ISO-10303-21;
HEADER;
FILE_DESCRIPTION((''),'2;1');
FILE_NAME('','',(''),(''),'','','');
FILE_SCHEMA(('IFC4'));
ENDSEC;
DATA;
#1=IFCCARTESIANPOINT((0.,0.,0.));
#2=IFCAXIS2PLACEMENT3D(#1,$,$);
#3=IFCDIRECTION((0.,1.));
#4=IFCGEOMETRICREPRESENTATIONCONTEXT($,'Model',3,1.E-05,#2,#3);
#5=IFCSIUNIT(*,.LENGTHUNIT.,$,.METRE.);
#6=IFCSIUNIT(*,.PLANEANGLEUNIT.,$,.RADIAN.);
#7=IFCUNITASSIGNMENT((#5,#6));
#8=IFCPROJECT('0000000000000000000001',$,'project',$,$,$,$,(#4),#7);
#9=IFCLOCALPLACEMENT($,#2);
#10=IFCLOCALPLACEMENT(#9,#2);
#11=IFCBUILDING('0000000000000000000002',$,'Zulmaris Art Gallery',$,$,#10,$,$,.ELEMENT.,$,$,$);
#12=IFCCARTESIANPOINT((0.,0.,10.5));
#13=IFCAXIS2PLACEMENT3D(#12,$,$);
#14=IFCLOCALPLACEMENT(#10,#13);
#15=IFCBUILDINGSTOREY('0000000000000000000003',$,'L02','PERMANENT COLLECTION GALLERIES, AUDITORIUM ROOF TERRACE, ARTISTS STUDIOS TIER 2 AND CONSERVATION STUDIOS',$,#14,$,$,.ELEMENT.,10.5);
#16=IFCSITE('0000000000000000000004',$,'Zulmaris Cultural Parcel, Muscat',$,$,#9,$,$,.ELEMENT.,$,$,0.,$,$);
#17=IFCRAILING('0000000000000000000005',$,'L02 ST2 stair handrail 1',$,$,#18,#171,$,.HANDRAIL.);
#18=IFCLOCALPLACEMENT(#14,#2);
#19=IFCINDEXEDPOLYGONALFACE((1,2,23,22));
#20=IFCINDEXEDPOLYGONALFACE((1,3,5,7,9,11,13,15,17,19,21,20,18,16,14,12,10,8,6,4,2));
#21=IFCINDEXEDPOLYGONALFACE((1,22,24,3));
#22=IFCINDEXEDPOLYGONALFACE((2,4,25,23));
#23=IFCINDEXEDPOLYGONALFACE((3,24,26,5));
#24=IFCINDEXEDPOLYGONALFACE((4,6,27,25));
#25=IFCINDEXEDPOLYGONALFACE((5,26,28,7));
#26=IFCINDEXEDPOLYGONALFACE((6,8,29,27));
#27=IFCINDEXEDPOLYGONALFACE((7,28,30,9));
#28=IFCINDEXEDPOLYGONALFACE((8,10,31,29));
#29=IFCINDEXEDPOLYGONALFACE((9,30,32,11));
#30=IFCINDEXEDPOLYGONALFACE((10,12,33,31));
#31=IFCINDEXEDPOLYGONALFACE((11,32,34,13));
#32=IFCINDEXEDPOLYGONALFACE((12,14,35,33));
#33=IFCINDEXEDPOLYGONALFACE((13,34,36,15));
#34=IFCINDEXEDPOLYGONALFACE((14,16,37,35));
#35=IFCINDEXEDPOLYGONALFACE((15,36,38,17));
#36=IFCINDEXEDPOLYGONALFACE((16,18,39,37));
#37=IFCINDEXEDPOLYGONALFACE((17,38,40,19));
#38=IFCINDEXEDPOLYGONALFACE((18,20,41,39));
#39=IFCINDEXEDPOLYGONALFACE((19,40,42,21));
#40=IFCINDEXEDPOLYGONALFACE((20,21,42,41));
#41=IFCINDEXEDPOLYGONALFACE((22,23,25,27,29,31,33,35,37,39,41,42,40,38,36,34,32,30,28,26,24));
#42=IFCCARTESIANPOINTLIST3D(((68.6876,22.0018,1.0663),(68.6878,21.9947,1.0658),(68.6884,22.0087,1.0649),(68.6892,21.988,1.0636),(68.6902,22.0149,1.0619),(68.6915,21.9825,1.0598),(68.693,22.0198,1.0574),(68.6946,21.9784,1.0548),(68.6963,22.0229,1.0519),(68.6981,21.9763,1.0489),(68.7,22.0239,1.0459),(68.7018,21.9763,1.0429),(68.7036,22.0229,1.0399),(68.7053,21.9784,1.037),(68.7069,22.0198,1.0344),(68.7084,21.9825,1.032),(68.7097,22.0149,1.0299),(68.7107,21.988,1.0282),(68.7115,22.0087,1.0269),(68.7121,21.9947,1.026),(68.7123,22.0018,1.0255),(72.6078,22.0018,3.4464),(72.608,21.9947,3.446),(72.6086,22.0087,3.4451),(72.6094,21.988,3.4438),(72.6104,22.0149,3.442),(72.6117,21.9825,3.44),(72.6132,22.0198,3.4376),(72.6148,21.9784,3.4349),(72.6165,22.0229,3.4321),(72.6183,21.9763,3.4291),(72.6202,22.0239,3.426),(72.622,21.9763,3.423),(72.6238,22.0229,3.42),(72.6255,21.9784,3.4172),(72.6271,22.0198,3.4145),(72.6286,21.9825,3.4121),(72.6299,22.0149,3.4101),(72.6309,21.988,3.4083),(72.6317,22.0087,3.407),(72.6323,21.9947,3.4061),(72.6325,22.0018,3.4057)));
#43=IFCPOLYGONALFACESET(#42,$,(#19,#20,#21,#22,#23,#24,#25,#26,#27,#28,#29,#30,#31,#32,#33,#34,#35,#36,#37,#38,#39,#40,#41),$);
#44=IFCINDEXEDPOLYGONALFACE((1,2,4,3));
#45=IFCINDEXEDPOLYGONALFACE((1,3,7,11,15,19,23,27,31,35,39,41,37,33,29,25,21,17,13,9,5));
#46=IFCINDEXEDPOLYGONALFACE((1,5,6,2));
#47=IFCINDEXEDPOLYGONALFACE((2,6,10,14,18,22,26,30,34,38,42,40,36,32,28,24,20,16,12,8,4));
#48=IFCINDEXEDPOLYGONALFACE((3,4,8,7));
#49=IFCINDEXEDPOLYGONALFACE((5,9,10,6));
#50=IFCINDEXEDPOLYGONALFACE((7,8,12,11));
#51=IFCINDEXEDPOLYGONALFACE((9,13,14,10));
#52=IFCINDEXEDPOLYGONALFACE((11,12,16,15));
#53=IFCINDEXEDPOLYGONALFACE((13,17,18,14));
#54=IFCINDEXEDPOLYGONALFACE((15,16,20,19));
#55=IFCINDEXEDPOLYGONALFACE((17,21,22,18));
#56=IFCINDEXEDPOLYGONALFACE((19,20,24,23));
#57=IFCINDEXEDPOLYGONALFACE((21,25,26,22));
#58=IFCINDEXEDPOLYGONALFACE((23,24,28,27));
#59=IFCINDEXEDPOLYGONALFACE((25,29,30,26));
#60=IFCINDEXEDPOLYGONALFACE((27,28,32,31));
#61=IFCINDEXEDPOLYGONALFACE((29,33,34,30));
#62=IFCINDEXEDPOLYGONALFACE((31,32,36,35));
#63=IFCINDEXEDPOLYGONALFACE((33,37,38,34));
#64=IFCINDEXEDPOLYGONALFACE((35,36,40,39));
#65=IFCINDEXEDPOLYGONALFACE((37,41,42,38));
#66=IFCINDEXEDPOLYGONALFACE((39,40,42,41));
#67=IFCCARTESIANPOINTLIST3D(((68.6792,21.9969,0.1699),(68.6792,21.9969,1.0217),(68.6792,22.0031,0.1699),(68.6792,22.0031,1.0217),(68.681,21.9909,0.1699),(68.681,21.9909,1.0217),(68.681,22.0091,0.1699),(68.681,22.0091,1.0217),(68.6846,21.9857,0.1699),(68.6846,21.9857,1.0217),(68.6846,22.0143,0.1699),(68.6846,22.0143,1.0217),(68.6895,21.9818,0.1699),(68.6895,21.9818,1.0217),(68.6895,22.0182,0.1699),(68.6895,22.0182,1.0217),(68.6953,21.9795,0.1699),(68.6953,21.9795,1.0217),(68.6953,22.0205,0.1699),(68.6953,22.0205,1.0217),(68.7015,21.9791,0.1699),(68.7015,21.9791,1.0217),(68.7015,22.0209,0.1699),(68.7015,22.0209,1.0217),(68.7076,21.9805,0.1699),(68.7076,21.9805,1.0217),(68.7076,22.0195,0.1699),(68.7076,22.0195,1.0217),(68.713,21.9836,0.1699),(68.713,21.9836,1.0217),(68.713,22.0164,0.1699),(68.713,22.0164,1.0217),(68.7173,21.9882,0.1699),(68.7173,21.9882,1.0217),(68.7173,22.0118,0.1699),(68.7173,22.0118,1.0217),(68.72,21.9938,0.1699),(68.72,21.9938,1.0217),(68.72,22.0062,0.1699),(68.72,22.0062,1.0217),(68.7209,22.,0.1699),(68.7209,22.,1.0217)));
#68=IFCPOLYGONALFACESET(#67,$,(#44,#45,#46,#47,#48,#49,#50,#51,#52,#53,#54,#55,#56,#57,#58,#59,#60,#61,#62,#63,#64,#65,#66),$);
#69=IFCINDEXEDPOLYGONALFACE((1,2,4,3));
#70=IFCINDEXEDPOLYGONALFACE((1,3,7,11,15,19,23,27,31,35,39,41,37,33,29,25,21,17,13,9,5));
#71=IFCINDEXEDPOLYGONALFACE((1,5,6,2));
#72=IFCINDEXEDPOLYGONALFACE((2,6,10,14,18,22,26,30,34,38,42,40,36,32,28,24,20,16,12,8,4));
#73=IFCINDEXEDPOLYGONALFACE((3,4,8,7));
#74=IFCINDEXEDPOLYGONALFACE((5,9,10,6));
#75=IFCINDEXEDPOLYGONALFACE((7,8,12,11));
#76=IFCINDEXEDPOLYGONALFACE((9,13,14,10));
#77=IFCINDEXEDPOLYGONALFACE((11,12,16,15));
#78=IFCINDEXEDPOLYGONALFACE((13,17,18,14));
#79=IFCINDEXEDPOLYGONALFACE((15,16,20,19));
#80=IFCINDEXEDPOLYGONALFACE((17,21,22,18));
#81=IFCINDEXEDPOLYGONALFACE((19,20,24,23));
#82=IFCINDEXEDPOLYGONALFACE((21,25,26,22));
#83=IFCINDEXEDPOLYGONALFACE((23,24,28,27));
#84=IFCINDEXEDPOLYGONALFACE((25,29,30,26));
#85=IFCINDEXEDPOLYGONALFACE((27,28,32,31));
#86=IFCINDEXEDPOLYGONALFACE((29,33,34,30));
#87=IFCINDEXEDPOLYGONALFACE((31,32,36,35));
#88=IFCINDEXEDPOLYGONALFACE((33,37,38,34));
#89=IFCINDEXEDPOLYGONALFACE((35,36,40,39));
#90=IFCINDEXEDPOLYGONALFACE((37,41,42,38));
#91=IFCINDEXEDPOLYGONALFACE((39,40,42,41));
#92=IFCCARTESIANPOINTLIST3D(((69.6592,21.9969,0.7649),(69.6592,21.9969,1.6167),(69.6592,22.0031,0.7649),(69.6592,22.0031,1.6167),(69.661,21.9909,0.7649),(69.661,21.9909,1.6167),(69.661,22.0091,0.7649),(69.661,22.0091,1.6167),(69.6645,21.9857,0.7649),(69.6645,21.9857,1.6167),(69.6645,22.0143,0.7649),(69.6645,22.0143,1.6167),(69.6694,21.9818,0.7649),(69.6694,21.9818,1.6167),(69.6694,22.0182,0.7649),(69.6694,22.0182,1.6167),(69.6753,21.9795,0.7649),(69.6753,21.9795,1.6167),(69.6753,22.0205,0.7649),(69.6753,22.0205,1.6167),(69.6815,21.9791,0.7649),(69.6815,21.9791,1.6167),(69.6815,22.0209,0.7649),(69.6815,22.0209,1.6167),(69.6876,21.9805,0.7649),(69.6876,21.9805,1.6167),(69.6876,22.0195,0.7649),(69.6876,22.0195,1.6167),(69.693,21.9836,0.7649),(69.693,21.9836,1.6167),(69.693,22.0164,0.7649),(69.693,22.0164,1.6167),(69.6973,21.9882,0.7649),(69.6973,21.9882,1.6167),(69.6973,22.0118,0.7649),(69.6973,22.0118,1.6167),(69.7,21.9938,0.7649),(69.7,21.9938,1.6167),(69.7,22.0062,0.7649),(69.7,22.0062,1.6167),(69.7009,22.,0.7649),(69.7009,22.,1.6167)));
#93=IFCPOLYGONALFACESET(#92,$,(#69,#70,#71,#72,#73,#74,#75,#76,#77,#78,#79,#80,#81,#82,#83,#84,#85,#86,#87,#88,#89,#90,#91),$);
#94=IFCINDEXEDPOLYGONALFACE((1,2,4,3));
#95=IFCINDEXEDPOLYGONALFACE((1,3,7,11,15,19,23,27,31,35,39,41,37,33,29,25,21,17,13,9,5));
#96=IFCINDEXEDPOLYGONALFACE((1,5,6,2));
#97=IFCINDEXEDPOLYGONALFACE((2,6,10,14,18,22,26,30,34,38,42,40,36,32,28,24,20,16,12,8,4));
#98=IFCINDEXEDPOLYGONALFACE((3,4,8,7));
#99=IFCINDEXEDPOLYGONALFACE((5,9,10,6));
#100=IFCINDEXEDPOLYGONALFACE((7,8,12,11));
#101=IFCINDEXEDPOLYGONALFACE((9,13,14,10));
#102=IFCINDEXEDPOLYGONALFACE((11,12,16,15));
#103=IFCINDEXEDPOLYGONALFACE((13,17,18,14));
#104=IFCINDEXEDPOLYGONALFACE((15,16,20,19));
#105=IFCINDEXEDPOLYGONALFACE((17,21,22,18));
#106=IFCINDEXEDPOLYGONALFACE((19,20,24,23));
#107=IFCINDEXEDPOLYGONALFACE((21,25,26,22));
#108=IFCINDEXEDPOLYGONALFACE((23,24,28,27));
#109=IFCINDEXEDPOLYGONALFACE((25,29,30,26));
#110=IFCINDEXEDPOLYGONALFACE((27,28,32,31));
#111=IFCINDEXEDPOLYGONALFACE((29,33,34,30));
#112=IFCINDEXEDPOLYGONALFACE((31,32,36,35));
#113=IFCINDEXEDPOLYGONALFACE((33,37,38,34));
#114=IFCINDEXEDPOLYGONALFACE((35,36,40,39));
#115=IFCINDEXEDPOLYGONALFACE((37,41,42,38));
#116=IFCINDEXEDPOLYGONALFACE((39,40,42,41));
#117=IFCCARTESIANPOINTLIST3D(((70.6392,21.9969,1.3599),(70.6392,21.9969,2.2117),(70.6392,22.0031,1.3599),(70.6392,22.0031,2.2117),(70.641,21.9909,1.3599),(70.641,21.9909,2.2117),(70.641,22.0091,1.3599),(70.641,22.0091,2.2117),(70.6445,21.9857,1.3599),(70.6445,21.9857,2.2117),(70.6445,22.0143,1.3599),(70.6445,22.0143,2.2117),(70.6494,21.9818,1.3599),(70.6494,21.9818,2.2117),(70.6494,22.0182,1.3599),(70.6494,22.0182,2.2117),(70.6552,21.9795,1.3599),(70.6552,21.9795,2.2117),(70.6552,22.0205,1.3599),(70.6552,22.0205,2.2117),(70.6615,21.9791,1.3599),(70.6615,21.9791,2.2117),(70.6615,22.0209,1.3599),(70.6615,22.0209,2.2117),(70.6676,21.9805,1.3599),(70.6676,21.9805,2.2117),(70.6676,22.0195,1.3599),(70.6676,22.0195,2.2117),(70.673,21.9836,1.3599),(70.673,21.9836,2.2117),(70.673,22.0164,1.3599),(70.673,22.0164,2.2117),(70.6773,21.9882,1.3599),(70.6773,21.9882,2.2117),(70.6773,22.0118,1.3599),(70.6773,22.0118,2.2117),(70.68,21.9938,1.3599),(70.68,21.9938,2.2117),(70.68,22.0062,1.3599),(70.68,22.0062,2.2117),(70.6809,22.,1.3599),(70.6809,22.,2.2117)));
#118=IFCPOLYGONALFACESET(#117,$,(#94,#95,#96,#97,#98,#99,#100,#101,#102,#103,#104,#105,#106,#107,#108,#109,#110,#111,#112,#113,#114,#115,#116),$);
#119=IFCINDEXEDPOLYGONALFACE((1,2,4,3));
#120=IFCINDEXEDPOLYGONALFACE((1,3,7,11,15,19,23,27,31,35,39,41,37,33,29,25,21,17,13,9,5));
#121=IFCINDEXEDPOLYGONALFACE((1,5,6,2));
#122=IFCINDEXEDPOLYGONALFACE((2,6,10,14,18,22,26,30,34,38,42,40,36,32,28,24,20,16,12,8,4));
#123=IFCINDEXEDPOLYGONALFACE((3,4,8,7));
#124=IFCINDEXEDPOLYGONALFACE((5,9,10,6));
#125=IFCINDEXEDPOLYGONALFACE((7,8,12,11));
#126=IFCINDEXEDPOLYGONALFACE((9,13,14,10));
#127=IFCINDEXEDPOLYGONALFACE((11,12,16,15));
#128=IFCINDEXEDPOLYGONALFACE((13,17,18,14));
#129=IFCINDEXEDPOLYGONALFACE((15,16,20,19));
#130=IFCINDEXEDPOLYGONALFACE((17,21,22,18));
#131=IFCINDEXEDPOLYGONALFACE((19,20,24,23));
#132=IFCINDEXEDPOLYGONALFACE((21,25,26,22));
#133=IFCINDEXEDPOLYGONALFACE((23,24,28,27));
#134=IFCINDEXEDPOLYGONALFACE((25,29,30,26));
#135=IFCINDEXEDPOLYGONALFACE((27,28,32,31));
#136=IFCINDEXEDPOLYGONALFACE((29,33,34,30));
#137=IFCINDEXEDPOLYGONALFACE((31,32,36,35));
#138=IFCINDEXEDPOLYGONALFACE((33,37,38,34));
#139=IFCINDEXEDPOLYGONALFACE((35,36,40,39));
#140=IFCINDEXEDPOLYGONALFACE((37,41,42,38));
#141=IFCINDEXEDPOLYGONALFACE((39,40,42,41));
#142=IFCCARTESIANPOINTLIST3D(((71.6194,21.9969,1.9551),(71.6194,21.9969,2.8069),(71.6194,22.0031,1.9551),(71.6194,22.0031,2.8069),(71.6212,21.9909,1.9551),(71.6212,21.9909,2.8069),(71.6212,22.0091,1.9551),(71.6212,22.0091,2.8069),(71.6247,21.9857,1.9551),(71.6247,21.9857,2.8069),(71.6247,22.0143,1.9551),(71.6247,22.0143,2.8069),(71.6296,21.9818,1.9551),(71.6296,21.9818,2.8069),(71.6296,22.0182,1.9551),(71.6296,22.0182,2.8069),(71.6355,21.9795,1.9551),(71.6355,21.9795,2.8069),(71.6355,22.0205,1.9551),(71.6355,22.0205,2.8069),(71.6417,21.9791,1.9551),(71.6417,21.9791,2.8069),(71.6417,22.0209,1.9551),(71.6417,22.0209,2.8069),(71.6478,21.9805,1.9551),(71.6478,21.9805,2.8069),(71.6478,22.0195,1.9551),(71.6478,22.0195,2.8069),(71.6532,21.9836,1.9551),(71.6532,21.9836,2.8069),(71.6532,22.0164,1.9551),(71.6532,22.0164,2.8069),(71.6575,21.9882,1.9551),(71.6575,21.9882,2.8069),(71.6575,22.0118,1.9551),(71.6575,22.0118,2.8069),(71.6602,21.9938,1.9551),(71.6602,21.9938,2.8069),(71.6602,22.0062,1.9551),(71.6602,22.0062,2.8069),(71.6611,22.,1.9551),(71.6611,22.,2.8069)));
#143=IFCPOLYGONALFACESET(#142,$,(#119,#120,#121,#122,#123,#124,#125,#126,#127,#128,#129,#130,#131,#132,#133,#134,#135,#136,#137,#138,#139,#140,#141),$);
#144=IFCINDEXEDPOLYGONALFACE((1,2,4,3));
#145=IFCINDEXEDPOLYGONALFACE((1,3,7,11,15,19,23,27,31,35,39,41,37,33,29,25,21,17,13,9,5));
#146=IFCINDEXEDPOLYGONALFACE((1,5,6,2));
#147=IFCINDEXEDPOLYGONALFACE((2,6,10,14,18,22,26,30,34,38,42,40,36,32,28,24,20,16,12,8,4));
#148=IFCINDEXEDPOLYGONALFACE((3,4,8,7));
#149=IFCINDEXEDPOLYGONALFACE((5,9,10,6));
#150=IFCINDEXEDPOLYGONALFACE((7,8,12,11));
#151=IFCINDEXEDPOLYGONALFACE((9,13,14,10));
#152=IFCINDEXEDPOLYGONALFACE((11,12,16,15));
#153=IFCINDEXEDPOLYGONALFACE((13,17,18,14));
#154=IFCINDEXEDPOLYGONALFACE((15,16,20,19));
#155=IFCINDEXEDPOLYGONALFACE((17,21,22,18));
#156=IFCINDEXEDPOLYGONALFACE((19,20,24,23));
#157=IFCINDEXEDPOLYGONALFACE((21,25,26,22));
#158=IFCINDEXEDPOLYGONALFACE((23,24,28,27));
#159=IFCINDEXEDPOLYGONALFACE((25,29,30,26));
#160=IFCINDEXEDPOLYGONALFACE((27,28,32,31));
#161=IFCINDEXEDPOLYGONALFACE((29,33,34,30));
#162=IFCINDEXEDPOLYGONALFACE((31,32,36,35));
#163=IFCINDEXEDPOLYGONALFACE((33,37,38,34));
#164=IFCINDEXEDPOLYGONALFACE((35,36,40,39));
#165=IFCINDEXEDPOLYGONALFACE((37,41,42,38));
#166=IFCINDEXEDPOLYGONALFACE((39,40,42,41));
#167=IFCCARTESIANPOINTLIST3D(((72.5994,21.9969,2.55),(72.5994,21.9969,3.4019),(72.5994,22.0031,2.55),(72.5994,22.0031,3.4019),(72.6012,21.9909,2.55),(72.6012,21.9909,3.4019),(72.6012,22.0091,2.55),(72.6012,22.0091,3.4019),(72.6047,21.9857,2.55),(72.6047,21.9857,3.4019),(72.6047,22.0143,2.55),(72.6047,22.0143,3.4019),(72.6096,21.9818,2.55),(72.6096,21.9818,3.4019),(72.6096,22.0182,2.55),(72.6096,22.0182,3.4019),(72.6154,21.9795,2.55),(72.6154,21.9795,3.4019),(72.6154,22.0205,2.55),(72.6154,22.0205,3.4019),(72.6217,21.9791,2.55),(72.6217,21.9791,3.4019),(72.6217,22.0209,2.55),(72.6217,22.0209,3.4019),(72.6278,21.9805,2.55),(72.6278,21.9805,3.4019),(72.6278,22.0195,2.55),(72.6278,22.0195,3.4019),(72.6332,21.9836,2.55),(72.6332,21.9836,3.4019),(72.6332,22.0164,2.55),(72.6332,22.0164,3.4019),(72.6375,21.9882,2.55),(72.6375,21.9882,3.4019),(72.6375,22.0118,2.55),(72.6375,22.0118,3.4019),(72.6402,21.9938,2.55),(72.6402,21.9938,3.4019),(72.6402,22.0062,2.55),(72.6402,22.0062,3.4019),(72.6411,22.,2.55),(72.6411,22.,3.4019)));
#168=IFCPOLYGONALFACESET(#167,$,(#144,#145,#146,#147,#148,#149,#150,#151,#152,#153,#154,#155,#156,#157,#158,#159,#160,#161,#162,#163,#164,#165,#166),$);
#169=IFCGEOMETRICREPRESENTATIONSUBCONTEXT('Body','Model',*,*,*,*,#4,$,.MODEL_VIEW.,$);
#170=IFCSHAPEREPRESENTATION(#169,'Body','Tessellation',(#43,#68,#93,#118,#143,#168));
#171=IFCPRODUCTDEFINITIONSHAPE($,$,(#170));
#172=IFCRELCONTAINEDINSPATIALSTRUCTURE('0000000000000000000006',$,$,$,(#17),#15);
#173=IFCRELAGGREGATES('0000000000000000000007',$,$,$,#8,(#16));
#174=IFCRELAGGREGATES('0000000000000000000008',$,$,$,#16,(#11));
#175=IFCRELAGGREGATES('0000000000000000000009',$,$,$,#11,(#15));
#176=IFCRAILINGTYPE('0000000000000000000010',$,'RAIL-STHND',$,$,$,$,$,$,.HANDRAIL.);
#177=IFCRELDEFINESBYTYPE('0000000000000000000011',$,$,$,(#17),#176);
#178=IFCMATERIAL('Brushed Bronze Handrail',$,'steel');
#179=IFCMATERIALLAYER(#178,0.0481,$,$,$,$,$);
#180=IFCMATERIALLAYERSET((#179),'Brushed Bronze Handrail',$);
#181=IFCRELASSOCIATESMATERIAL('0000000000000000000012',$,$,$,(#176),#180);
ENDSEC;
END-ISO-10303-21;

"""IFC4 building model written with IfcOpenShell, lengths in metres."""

from ifc_helpers import new_model, si_unit, direction, frame, origin, origin_2d, place, context, subcontext, project, spatial, circle, extrude, material, layer, layer_set, type_object, element, save


model = new_model("IFC4")

# Units and contexts
model_context = context("Model", 3, precision=1e-05, world=origin(), true_north=direction((0.0, 1.0)))
body_context = subcontext(model_context, "Body", "Model", "MODEL_VIEW")
ifc_project = project(units=[si_unit("LENGTHUNIT", "METRE"), si_unit("PLANEANGLEUNIT", "RADIAN")], contexts=[model_context])

# Site, building, storey
site_placement = place(None, origin())
site = spatial("IfcSite", under=ifc_project, at=site_placement, Name="Zulmaris Cultural Parcel, Muscat", CompositionType="ELEMENT", RefElevation=0.0)
building_placement = place(site_placement, origin())
building = spatial("IfcBuilding", under=site, at=building_placement, Name="Zulmaris Art Gallery", CompositionType="ELEMENT")
storey_placement = place(building_placement, frame((0.0, 0.0, 10.5)))
storey = spatial("IfcBuildingStorey", under=building, at=storey_placement, Name="L02", Description="PERMANENT COLLECTION GALLERIES, AUDITORIUM ROOF TERRACE, ARTISTS STUDIOS TIER 2 AND CONSERVATION STUDIOS", CompositionType="ELEMENT", Elevation=10.5)

# Railing
ifc_material_1 = material(Name="Brushed Bronze Handrail", Category="steel")
ifc_layer_1 = layer(ifc_material_1, 0.0481)
ifc_layer_set_1 = layer_set([ifc_layer_1], Name="Brushed Bronze Handrail")
railing_type = type_object("IfcRailingType", Name="RAIL-STHND", PredefinedType="HANDRAIL", material=ifc_layer_set_1)
railing_placement = place(storey_placement, frame((68.7, 22.0, 0.1699)))
element("IfcRailing", 1, at=railing_placement, inside=storey, type_object=railing_type, Name="L02 ST2 stair handrail 1", PredefinedType="HANDRAIL", context=body_context, shape_type="SweptSolid", body=[
    extrude(circle(Radius=0.0239, at=origin_2d()), frame((0.0, 0.0, 0.876), z_axis=(0.854785, 0.0, 0.518982), x_axis=(0.0, 1.0, 0.0)), (0.0, 0.0, 1.0), 4.5862),
    extrude(circle(Radius=0.021, at=origin_2d()), origin(), (0.0, 0.0, 1.0), 0.8518),
    extrude(circle(Radius=0.021, at=origin_2d()), frame((0.98, 0.0, 0.595)), (0.0, 0.0, 1.0), 0.8518),
    extrude(circle(Radius=0.021, at=origin_2d()), frame((1.96, 0.0, 1.1899)), (0.0, 0.0, 1.0), 0.8518),
    extrude(circle(Radius=0.021, at=origin_2d()), frame((2.9402, 0.0, 1.7852)), (0.0, 0.0, 1.0), 0.8518),
    extrude(circle(Radius=0.021, at=origin_2d()), frame((3.9202, 0.0, 2.3801)), (0.0, 0.0, 1.0), 0.8518),
])

save(model, "model.ifc")
